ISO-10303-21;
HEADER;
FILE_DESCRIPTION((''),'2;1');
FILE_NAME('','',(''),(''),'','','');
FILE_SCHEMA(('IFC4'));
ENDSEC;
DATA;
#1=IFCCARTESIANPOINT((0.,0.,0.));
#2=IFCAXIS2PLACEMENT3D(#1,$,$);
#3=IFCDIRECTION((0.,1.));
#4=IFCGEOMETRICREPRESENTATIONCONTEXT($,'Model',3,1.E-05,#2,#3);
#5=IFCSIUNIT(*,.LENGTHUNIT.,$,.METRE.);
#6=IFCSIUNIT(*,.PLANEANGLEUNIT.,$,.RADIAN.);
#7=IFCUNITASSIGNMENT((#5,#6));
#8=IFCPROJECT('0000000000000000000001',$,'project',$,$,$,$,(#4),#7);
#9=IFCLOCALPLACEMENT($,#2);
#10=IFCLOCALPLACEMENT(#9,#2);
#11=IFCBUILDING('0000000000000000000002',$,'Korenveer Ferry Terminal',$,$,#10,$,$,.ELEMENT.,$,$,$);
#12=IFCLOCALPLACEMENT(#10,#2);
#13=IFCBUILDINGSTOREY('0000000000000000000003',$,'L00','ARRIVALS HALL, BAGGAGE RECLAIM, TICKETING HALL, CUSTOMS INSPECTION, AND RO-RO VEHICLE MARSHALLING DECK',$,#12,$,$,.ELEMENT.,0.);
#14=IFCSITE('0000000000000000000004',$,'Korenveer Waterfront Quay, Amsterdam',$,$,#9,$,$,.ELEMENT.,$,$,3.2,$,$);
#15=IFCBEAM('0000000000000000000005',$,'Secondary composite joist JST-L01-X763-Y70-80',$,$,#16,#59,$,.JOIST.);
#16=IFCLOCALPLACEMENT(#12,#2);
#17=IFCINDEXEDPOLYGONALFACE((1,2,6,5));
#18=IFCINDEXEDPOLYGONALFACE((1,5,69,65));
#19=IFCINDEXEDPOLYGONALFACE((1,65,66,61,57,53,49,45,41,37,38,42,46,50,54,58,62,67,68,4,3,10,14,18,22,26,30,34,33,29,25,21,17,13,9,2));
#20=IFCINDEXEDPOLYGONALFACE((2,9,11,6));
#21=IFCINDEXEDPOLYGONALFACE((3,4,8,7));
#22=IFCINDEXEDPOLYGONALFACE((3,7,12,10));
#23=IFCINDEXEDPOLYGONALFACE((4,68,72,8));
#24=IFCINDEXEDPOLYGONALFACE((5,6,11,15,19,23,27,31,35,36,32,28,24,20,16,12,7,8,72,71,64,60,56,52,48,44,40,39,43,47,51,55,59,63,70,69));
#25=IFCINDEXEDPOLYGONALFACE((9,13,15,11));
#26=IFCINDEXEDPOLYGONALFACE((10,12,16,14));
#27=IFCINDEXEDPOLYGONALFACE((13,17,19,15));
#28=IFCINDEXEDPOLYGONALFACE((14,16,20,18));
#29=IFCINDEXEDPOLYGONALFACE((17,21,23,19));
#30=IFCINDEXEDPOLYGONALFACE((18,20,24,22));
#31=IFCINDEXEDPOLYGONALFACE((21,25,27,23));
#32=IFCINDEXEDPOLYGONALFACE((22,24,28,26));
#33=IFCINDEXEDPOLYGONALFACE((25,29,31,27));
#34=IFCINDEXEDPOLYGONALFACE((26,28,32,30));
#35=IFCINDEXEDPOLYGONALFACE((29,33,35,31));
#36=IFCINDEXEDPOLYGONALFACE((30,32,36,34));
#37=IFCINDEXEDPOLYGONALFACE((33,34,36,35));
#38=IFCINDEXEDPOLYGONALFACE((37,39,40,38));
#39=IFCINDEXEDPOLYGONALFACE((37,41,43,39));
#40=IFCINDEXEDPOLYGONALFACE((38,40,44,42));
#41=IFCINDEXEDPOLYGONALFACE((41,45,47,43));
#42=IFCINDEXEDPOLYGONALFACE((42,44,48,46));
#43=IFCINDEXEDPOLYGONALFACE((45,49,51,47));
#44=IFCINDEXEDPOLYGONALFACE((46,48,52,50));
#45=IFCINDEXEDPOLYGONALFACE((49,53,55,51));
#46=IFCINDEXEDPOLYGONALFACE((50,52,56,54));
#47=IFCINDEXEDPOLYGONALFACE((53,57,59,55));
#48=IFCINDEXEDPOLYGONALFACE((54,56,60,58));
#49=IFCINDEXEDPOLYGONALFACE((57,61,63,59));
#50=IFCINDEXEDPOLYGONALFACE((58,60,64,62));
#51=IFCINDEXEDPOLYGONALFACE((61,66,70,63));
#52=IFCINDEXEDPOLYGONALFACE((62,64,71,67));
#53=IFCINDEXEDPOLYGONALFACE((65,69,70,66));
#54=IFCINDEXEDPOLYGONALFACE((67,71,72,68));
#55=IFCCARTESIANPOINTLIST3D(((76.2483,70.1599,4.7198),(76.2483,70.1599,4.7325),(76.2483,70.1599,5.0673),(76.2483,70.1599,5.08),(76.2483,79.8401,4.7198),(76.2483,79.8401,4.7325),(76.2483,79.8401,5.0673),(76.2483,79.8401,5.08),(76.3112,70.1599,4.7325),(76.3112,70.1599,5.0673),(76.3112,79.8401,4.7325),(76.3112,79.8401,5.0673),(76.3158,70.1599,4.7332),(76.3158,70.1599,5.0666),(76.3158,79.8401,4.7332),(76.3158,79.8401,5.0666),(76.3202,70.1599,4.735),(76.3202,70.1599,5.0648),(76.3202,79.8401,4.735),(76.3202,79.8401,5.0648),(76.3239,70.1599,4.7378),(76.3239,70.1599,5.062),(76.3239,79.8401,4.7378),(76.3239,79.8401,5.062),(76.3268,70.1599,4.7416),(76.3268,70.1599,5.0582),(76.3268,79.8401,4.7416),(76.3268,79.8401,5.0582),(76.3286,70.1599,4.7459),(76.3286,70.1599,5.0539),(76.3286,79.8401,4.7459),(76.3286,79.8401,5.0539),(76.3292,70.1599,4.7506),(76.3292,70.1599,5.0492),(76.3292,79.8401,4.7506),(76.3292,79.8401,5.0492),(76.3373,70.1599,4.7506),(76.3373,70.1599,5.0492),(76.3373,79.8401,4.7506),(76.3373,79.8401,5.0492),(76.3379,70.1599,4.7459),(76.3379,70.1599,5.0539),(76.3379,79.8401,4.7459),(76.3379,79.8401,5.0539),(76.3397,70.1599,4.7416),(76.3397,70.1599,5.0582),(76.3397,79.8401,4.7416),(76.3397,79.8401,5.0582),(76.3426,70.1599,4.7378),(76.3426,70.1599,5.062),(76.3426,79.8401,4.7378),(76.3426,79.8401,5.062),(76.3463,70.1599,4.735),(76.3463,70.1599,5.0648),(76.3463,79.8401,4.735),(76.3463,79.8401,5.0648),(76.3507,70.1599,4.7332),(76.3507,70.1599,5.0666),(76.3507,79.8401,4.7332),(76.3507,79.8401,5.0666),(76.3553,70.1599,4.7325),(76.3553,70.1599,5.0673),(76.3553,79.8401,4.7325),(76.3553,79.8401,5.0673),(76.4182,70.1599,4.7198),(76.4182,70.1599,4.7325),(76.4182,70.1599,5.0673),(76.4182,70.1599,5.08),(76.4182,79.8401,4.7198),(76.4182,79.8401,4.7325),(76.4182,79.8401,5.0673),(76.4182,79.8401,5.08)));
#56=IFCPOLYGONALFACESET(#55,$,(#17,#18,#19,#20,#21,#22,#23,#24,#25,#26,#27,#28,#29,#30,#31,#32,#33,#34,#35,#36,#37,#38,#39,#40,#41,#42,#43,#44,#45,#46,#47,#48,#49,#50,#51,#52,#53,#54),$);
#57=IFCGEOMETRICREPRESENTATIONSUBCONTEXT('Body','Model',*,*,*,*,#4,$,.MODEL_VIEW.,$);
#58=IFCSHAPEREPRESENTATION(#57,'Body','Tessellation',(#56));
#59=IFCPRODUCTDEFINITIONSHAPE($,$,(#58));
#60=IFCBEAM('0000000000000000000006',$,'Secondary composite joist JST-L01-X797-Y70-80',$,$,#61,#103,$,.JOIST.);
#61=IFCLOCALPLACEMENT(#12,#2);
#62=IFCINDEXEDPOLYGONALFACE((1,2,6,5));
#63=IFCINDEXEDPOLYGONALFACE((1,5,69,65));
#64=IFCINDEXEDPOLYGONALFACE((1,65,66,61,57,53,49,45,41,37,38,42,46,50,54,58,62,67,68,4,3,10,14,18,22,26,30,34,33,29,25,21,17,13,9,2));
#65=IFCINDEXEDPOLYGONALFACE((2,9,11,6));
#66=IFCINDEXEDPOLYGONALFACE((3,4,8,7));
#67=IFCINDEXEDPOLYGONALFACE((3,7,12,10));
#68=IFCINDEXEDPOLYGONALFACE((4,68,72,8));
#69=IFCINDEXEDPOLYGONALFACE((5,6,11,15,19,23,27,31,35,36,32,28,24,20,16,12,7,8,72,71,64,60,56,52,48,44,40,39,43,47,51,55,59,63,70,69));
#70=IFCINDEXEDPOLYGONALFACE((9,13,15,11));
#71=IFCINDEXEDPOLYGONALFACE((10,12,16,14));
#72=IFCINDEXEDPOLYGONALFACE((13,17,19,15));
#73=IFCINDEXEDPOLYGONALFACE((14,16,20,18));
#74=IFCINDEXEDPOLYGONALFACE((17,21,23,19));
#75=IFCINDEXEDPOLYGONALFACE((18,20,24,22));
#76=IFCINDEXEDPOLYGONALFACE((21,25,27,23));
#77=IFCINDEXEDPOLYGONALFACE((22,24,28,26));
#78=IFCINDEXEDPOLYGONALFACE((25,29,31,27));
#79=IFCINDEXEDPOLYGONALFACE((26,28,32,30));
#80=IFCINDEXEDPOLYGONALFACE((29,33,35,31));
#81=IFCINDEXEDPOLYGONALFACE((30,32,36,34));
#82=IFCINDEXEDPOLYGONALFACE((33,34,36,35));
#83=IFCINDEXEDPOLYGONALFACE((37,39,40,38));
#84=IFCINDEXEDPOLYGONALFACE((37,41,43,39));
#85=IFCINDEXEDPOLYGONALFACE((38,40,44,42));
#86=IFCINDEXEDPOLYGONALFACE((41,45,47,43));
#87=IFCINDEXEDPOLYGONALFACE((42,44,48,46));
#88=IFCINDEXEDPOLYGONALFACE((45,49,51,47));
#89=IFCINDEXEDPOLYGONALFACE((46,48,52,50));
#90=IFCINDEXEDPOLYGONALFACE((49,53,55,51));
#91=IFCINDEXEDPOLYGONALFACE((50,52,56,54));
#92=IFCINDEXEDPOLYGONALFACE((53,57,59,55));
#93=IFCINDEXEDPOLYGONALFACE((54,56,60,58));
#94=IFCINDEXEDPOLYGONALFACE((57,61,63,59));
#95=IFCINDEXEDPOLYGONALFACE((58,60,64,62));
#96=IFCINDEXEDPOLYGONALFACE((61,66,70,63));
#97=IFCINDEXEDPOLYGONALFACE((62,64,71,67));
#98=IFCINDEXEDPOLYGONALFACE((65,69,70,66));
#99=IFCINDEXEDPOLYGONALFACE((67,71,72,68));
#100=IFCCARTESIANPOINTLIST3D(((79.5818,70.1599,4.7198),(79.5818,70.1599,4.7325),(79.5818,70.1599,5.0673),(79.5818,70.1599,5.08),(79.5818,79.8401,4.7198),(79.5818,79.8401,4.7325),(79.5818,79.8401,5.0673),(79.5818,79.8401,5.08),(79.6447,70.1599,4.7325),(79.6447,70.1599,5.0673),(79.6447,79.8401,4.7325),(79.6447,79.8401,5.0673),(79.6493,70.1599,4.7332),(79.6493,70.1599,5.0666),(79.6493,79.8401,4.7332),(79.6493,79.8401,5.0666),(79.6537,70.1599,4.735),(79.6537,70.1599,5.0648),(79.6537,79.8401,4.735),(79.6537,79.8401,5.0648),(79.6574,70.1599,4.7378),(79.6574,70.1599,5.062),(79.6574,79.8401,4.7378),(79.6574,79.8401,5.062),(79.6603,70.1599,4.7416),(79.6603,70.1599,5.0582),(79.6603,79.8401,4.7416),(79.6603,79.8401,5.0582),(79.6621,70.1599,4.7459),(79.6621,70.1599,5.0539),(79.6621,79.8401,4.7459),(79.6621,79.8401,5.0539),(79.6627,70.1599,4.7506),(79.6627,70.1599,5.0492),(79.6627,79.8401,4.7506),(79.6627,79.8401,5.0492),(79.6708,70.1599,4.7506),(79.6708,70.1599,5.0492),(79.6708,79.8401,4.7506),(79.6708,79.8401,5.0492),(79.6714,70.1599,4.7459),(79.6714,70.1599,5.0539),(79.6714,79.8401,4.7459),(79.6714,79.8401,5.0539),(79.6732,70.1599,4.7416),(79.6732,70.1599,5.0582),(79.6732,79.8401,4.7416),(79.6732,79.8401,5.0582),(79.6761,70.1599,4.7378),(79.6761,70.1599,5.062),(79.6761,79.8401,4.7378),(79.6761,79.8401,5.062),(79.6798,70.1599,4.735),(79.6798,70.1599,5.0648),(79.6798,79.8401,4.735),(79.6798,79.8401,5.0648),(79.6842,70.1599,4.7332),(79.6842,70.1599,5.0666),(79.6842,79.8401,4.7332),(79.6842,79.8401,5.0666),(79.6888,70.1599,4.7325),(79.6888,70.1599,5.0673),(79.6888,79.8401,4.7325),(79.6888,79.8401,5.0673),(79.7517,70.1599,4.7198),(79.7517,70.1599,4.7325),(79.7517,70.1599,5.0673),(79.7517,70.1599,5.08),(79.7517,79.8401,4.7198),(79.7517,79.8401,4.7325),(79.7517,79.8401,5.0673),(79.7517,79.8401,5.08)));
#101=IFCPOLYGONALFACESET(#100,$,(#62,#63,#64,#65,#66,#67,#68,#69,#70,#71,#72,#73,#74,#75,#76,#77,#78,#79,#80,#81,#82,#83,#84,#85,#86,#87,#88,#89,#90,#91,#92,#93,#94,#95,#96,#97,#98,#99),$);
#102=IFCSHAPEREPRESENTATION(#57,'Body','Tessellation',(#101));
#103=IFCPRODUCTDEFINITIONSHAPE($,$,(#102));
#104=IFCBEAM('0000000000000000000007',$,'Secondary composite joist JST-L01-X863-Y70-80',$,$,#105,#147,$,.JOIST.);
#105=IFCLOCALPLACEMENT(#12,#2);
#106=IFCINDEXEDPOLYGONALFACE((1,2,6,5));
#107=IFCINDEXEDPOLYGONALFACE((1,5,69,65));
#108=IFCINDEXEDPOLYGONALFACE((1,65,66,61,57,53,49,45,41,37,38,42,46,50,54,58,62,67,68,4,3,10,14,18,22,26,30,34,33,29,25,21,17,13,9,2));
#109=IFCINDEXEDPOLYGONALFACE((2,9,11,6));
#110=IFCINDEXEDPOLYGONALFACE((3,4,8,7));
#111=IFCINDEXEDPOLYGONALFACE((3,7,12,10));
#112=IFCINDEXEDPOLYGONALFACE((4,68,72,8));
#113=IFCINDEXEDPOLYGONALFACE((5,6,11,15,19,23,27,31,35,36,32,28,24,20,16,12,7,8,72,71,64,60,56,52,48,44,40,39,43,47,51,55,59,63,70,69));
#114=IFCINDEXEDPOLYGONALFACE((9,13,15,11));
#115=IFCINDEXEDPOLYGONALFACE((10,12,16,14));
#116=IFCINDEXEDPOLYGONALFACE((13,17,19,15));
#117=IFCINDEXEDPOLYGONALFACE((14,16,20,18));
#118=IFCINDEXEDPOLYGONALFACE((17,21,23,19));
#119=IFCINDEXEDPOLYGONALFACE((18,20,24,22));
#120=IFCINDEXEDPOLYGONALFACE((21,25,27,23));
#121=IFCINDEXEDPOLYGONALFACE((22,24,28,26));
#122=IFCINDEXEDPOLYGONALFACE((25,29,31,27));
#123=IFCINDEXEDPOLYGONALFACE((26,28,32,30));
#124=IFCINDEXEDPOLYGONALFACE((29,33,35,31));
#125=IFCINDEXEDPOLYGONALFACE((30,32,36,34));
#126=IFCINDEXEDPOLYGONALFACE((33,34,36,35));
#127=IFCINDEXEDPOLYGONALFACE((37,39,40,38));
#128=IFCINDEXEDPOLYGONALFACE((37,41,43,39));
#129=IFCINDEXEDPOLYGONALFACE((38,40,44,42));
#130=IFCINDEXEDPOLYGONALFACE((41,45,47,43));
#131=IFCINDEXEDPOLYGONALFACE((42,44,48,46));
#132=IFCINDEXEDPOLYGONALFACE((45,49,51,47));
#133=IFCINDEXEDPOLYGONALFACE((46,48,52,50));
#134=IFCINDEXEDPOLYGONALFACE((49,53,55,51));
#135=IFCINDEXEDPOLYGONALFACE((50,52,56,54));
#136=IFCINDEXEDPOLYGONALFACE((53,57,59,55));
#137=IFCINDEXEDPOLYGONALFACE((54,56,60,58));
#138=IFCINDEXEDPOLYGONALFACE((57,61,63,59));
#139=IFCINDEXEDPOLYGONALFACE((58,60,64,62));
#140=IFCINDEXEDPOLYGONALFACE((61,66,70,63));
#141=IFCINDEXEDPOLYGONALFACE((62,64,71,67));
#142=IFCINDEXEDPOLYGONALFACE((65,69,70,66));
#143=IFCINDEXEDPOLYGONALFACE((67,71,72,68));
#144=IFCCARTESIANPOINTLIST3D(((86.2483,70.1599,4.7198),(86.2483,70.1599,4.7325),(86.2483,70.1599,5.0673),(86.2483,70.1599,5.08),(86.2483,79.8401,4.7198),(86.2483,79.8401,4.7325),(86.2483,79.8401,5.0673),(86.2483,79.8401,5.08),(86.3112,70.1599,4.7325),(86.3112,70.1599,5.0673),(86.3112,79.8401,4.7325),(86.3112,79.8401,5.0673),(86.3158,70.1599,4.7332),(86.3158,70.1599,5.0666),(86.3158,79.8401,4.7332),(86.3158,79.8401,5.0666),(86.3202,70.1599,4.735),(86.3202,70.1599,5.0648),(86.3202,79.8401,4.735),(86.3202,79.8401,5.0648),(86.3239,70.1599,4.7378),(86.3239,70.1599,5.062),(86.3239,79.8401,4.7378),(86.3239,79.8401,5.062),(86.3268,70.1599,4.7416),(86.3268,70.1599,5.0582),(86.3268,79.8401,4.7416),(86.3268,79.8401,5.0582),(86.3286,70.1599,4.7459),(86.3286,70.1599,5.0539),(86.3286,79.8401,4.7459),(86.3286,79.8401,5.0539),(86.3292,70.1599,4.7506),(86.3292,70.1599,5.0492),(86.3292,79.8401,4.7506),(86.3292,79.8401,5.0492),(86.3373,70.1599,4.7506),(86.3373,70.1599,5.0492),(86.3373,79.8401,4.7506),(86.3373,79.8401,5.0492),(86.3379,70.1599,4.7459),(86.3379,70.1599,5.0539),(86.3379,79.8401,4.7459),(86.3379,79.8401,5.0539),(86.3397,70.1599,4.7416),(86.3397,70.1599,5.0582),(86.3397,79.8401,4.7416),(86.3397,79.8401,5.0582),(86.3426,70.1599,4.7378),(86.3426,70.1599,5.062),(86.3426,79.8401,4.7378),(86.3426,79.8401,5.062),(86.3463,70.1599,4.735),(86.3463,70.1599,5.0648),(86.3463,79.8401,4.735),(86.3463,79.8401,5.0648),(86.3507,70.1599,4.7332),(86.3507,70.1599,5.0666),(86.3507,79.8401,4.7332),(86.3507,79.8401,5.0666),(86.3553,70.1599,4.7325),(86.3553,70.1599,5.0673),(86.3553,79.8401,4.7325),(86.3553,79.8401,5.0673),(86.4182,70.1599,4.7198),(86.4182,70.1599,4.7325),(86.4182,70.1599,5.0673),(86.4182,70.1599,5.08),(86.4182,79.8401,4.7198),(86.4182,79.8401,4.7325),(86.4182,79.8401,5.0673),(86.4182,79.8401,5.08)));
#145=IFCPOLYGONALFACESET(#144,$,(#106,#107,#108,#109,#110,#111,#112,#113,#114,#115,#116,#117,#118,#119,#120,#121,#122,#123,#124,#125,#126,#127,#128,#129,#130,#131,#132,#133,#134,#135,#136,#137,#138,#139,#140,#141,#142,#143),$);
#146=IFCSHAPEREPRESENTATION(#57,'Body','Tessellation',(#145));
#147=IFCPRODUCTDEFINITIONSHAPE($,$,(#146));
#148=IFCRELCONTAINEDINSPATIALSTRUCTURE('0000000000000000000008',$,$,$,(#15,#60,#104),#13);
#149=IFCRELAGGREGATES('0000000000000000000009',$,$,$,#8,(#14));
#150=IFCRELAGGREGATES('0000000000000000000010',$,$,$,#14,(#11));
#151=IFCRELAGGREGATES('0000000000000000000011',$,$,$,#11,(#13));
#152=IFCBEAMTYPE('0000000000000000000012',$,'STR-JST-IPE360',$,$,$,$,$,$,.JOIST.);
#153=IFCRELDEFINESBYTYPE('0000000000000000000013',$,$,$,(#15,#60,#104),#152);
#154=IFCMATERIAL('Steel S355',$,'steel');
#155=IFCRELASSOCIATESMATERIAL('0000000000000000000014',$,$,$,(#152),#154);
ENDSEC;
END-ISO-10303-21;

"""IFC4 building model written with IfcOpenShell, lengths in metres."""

from ifc_helpers import new_model, si_unit, direction, frame, origin, origin_2d, place, context, subcontext, project, spatial, i_section, extrude, material, material_profile, profile_set, type_object, element, save


model = new_model("IFC4")

# Units and contexts
model_context = context("Model", 3, precision=1e-05, world=origin(), true_north=direction((0.0, 1.0)))
body_context = subcontext(model_context, "Body", "Model", "MODEL_VIEW")
ifc_project = project(units=[si_unit("LENGTHUNIT", "METRE"), si_unit("PLANEANGLEUNIT", "RADIAN")], contexts=[model_context])

# Site, building, storey
site_placement = place(None, origin())
site = spatial("IfcSite", under=ifc_project, at=site_placement, Name="Korenveer Waterfront Quay, Amsterdam", CompositionType="ELEMENT", RefElevation=3.2)
building_placement = place(site_placement, origin())
building = spatial("IfcBuilding", under=site, at=building_placement, Name="Korenveer Ferry Terminal", CompositionType="ELEMENT")
storey_placement = place(building_placement, origin())
storey = spatial("IfcBuildingStorey", under=building, at=storey_placement, Name="L00", Description="ARRIVALS HALL, BAGGAGE RECLAIM, TICKETING HALL, CUSTOMS INSPECTION, AND RO-RO VEHICLE MARSHALLING DECK", CompositionType="ELEMENT", Elevation=0.0)

# Shared definitions
ifc_material_1 = material(Name="Steel S355", Category="steel")

# Beams
ifc_material_profile_1 = material_profile(ifc_material_1, i_section(OverallWidth=0.1699, OverallDepth=0.3601, WebThickness=0.0081, FlangeThickness=0.0127, FilletRadius=0.0181, at=origin_2d()), Name="IPE 360")
ifc_profile_set_1 = profile_set([ifc_material_profile_1], Name="Steel S355")
beam_type_1 = type_object("IfcBeamType", Name="STR-JST-IPE360", PredefinedType="JOIST", material=ifc_profile_set_1)
for number, where, z_axis, x_axis, name in (
    (1, (76.3333, 70.1599, 4.8999), (0.0, 1.0, 0.0), (-1.0, 0.0, 0.0), "Secondary composite joist JST-L01-X763-Y70-80"),
    (2, (79.6667, 70.1599, 4.8999), (0.0, 1.0, 0.0), (-1.0, 0.0, 0.0), "Secondary composite joist JST-L01-X797-Y70-80"),
    (3, (86.3333, 70.1599, 4.8999), (0.0, 1.0, 0.0), (-1.0, 0.0, 0.0), "Secondary composite joist JST-L01-X863-Y70-80"),
):
    element("IfcBeam", number, at=place(storey_placement, frame(where, z_axis=z_axis, x_axis=x_axis)), inside=storey, type_object=beam_type_1, Name=name, PredefinedType="JOIST", context=body_context, shape_type="SweptSolid", body=[
        extrude(i_section(OverallWidth=0.1699, OverallDepth=0.3601, WebThickness=0.0081, FlangeThickness=0.0127, FilletRadius=0.0181, at=origin_2d()), origin(), (0.0, 0.0, 1.0), 9.6802),
    ])

save(model, "model.ifc")
